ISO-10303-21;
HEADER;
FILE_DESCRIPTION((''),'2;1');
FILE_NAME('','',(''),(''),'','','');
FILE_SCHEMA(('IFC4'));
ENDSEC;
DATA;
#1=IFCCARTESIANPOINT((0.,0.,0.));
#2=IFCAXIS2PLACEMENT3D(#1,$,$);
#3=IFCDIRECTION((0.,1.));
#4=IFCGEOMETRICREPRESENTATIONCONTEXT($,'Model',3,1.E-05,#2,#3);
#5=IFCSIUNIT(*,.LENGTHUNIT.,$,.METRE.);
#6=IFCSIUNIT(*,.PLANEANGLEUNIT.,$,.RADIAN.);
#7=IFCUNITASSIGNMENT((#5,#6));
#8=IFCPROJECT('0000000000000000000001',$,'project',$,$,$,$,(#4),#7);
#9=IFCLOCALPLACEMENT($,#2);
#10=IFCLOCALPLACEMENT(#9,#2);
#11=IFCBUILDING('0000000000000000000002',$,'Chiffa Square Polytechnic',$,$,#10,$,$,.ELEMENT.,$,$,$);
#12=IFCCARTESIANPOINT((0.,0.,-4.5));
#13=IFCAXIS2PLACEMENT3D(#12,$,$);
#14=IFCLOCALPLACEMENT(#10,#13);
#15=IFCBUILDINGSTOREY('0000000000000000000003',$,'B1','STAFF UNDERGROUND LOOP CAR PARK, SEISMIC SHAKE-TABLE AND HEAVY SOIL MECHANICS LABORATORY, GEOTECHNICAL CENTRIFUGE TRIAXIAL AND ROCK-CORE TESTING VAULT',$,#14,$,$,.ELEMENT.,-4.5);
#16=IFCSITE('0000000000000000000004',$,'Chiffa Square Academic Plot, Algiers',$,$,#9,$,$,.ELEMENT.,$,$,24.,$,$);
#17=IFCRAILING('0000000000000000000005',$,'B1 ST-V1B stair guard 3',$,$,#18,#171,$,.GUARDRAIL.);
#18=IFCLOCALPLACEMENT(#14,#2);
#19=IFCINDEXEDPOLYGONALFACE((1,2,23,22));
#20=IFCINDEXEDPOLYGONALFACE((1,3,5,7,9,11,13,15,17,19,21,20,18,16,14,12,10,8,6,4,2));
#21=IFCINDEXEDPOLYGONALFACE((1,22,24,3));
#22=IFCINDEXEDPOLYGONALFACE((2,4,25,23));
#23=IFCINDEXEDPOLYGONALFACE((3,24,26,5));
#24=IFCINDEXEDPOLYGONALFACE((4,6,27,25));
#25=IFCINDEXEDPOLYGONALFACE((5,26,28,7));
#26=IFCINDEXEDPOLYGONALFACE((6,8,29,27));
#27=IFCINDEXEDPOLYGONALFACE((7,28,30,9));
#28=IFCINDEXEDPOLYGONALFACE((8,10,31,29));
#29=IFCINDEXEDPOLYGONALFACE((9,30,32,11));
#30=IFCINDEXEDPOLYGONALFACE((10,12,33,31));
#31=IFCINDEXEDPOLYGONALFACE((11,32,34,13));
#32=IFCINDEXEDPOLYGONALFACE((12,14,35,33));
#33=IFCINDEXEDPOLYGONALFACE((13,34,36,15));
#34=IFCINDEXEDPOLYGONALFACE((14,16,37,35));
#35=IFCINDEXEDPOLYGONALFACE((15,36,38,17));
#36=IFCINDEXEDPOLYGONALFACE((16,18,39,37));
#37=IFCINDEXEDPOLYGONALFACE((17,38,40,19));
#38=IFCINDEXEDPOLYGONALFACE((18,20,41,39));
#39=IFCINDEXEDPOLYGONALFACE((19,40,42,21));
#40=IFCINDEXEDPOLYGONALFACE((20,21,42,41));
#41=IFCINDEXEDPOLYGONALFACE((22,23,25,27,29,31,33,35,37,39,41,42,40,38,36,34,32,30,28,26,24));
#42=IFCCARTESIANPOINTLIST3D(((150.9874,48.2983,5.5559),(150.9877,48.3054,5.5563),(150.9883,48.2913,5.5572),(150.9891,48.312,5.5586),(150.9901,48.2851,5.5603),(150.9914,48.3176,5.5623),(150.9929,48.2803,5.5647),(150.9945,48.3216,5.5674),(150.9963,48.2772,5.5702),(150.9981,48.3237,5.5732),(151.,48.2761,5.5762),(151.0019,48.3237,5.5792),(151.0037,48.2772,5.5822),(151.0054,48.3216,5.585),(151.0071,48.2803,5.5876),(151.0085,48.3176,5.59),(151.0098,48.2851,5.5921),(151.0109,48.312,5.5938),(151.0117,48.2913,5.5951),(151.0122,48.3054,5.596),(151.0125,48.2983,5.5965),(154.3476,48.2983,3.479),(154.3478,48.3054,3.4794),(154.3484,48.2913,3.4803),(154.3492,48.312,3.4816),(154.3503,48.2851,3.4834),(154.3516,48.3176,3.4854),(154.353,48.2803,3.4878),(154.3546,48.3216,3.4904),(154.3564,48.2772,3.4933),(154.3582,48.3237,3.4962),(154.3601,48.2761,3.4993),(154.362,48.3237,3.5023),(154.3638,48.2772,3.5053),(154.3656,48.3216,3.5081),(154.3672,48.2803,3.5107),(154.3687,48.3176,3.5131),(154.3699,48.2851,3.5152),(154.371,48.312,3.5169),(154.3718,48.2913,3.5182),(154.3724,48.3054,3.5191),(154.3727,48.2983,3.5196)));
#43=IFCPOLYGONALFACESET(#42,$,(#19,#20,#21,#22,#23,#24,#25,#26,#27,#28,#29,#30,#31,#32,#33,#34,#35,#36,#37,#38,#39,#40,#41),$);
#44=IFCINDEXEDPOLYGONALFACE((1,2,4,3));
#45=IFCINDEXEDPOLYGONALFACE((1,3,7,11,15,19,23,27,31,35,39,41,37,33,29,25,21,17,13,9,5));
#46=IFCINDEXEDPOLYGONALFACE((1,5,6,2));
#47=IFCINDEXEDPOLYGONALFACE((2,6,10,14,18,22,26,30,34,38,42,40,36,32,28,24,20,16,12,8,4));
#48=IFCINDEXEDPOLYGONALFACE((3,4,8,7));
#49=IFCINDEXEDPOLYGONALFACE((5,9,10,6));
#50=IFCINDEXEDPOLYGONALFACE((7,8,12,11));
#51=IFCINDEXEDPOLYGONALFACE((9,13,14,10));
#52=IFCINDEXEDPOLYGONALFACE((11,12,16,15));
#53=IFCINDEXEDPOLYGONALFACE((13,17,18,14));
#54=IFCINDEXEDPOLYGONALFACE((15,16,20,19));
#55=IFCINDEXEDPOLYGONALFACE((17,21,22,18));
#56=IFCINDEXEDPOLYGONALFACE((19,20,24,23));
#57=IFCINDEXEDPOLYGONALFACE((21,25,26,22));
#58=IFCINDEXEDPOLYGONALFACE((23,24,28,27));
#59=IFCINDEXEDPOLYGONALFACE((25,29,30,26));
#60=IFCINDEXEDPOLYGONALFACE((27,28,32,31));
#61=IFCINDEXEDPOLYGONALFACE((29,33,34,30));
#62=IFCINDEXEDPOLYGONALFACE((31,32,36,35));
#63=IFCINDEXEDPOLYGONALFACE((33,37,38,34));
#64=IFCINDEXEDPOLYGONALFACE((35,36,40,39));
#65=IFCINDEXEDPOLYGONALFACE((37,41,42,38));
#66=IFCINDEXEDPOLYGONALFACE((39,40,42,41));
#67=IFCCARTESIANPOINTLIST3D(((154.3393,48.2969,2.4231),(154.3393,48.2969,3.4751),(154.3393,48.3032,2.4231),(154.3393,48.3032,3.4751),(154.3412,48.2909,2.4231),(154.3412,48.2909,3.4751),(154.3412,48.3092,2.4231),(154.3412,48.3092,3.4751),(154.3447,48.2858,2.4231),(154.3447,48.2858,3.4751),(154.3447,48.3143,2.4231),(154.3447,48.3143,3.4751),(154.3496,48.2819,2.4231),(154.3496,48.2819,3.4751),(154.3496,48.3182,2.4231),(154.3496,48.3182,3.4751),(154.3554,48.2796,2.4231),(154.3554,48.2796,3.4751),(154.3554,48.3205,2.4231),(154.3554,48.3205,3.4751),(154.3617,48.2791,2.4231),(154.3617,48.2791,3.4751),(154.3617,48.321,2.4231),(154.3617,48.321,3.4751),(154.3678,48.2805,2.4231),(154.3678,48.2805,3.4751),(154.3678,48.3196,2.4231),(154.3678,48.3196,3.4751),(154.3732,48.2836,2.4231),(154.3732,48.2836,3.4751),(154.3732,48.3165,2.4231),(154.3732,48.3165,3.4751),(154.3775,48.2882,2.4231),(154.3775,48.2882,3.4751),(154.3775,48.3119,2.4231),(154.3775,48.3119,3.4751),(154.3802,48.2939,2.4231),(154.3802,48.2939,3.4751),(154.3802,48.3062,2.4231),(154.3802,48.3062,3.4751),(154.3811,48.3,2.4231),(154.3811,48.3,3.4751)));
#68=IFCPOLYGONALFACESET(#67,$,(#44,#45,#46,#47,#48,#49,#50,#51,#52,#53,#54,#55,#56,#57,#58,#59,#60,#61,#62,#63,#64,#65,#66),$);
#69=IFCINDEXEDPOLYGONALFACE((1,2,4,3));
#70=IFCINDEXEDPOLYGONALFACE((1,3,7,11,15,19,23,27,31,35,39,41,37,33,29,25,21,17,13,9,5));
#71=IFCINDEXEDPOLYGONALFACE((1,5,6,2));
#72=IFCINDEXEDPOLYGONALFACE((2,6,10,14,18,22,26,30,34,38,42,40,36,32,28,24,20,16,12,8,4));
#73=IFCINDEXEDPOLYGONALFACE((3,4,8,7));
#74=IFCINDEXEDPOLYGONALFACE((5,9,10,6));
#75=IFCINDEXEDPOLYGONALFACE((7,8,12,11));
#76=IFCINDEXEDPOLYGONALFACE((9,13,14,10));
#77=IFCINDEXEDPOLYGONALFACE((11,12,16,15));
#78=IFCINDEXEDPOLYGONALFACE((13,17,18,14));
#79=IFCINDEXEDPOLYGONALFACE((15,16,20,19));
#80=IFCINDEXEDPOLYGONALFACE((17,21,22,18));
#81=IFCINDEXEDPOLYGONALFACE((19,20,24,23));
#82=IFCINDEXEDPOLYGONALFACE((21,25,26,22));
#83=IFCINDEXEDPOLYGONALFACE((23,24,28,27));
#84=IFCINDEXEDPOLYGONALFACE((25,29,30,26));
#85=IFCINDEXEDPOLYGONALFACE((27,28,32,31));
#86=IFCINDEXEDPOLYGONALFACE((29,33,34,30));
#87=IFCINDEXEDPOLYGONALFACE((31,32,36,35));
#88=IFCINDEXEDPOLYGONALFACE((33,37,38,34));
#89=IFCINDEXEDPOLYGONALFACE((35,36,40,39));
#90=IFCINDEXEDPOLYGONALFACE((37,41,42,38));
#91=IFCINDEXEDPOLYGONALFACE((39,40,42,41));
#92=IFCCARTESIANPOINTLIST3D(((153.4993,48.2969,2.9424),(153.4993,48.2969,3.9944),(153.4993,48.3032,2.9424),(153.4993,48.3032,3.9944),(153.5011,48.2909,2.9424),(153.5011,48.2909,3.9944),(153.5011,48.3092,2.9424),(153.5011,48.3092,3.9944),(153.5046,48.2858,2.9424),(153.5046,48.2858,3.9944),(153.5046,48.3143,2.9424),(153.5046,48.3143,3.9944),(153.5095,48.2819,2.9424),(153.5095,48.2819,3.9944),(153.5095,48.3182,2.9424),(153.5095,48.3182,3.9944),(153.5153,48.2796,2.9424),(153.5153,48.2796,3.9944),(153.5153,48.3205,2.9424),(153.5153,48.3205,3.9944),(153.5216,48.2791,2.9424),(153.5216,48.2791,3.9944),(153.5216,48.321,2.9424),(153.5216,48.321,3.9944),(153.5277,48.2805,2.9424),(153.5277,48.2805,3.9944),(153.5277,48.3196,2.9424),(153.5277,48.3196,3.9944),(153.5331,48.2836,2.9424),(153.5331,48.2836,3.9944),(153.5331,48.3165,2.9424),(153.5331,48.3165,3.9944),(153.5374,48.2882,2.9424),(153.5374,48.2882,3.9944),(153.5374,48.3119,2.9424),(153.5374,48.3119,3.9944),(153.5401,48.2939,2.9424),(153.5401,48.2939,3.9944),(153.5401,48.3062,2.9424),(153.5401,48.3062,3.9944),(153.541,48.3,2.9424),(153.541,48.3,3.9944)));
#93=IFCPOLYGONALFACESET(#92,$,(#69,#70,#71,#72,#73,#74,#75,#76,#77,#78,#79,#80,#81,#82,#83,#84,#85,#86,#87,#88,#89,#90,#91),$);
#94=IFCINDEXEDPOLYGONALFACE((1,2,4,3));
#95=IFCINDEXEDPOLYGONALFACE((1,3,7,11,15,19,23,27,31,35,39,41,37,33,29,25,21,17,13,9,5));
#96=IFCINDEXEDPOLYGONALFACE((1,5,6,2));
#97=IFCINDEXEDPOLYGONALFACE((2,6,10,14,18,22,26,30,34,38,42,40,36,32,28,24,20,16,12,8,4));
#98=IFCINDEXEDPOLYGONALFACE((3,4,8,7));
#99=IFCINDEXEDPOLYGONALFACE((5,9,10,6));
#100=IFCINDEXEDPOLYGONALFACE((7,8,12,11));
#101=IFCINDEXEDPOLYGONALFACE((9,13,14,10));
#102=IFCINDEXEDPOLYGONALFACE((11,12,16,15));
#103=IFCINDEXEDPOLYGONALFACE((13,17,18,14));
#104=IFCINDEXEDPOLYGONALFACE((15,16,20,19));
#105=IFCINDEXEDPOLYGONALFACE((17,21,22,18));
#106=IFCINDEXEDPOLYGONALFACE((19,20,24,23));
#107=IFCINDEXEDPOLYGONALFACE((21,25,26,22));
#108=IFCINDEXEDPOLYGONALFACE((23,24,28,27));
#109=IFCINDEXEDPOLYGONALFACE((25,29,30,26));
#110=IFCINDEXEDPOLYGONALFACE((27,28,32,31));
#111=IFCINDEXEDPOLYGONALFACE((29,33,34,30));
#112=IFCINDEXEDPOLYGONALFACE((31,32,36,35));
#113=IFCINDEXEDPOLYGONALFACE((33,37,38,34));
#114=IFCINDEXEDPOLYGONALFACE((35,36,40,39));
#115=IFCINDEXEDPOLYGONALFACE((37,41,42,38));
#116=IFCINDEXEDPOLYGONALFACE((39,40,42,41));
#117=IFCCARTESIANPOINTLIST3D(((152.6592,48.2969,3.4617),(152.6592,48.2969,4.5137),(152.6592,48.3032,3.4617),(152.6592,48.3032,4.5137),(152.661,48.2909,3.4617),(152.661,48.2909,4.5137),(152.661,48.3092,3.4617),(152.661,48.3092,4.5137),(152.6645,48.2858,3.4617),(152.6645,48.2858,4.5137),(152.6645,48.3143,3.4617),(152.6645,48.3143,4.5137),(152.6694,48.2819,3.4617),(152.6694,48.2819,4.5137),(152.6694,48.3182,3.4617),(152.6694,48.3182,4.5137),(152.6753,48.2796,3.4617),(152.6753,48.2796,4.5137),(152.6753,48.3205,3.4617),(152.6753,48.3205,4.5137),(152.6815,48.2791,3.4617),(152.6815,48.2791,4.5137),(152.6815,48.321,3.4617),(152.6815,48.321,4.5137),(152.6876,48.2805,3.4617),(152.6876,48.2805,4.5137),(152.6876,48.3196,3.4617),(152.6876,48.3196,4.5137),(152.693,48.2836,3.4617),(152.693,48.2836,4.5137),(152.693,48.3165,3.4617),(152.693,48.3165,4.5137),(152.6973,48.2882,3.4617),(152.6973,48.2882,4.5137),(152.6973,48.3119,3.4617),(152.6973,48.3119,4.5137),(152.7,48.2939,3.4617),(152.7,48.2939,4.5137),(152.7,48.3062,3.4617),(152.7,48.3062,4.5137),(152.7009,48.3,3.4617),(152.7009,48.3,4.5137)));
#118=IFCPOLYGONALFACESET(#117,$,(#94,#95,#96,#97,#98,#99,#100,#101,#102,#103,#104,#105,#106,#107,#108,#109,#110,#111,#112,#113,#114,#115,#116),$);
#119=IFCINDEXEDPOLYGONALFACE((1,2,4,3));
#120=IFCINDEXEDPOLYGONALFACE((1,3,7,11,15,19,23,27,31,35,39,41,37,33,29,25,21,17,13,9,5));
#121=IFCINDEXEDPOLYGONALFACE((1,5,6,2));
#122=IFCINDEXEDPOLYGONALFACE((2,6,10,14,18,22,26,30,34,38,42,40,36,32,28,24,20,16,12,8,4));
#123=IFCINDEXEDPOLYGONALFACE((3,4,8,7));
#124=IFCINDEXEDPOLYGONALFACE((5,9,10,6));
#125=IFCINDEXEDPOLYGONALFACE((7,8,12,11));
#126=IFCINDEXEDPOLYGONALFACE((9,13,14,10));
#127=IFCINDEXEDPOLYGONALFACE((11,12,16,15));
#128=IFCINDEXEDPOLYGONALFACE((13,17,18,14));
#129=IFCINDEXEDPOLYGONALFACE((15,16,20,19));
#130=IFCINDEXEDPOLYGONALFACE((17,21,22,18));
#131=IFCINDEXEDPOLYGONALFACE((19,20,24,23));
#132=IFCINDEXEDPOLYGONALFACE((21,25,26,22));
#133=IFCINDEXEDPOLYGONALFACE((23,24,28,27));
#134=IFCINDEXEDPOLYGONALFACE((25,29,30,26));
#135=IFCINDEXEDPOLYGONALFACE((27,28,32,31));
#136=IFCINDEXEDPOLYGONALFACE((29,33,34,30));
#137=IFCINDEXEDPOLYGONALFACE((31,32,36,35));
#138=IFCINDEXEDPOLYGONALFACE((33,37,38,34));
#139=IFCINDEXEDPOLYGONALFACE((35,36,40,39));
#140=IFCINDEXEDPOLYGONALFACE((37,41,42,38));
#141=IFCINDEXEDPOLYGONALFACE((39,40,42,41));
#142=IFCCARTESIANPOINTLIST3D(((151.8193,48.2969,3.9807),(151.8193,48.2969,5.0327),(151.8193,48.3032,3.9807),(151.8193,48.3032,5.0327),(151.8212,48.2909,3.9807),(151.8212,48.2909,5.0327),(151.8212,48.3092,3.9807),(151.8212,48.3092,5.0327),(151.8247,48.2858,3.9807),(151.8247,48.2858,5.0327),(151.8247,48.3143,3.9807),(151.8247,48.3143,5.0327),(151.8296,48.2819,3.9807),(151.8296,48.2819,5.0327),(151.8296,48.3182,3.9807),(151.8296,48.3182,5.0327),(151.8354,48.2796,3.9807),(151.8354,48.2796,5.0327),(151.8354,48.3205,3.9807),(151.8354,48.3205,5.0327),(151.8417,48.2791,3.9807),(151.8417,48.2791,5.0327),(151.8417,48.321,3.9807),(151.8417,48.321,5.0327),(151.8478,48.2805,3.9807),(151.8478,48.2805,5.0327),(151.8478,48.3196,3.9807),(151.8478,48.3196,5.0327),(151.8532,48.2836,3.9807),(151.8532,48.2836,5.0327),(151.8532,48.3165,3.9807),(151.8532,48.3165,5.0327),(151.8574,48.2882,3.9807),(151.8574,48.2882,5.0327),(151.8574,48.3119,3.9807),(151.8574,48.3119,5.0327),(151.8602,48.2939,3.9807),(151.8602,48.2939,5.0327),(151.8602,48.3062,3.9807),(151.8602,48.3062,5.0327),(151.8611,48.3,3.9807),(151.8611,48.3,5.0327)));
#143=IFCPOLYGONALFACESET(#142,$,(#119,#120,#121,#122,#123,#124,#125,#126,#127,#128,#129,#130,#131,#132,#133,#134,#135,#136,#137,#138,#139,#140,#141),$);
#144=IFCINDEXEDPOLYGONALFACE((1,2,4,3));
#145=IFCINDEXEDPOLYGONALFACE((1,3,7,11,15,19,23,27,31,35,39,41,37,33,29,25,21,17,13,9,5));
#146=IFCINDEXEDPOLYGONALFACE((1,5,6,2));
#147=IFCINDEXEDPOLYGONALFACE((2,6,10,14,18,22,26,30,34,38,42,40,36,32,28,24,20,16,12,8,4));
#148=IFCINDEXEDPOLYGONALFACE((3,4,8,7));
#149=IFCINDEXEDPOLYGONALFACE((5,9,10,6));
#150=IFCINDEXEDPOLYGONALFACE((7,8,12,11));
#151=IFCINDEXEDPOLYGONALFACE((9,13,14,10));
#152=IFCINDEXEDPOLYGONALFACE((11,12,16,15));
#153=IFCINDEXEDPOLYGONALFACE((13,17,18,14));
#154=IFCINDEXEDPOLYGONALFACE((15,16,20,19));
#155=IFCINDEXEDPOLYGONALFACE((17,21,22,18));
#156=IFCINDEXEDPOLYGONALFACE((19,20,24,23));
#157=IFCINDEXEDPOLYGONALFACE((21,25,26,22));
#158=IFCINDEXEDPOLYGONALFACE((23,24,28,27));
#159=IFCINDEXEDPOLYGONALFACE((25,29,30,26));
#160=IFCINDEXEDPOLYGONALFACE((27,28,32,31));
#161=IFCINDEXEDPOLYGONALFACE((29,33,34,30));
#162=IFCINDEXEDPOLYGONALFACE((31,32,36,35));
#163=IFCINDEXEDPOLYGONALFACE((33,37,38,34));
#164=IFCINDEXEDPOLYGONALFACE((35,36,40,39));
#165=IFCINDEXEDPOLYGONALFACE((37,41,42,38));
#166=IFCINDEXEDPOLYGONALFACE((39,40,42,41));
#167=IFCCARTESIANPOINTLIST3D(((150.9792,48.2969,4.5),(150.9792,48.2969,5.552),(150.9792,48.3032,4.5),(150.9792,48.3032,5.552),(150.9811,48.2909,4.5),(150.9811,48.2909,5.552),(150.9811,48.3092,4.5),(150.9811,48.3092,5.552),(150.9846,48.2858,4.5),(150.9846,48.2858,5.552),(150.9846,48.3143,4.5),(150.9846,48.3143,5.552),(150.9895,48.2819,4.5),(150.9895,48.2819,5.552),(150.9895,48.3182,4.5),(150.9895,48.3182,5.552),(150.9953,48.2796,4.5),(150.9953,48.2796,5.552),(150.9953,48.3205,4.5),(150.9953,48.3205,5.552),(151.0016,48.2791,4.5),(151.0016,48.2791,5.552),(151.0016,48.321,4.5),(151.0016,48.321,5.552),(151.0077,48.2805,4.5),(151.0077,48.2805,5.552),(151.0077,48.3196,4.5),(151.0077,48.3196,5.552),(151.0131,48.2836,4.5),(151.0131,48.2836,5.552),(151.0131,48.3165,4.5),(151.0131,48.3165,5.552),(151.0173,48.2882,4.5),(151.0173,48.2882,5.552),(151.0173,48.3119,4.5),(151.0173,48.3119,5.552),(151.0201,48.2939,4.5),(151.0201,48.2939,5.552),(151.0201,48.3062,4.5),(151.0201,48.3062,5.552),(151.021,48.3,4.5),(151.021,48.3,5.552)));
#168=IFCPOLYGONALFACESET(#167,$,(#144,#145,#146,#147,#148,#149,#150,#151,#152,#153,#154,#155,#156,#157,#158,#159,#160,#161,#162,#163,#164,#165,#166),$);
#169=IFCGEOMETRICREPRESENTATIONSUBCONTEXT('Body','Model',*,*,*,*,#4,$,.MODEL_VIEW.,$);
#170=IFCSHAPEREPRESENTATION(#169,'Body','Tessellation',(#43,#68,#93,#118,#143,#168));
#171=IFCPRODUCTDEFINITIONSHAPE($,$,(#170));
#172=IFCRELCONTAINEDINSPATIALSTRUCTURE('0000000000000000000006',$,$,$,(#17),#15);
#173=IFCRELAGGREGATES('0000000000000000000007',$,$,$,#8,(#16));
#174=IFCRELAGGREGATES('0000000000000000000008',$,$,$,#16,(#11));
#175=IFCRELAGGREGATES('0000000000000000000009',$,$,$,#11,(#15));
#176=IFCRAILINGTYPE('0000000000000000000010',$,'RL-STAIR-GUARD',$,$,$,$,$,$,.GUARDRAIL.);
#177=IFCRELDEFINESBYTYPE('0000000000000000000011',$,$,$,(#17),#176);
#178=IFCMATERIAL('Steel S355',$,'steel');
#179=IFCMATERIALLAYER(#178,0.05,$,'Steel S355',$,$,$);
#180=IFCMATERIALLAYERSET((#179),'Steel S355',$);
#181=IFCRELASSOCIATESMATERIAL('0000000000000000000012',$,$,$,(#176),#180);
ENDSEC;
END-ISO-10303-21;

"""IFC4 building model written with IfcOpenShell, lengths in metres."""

from ifc_helpers import new_model, si_unit, direction, frame, origin, origin_2d, place, context, subcontext, project, spatial, circle, extrude, material, layer, layer_set, type_object, element, save


model = new_model("IFC4")

# Units and contexts
model_context = context("Model", 3, precision=1e-05, world=origin(), true_north=direction((0.0, 1.0)))
body_context = subcontext(model_context, "Body", "Model", "MODEL_VIEW")
ifc_project = project(units=[si_unit("LENGTHUNIT", "METRE"), si_unit("PLANEANGLEUNIT", "RADIAN")], contexts=[model_context])

# Site, building, storey
site_placement = place(None, origin())
site = spatial("IfcSite", under=ifc_project, at=site_placement, Name="Chiffa Square Academic Plot, Algiers", CompositionType="ELEMENT", RefElevation=24.0)
building_placement = place(site_placement, origin())
building = spatial("IfcBuilding", under=site, at=building_placement, Name="Chiffa Square Polytechnic", CompositionType="ELEMENT")
storey_placement = place(building_placement, frame((0.0, 0.0, -4.5)))
storey = spatial("IfcBuildingStorey", under=building, at=storey_placement, Name="B1", Description="STAFF UNDERGROUND LOOP CAR PARK, SEISMIC SHAKE-TABLE AND HEAVY SOIL MECHANICS LABORATORY, GEOTECHNICAL CENTRIFUGE TRIAXIAL AND ROCK-CORE TESTING VAULT", CompositionType="ELEMENT", Elevation=-4.5)

# Railing
ifc_material_1 = material(Name="Steel S355", Category="steel")
ifc_layer_1 = layer(ifc_material_1, 0.05, Name="Steel S355")
ifc_layer_set_1 = layer_set([ifc_layer_1], Name="Steel S355")
railing_type_1 = type_object("IfcRailingType", Name="RL-STAIR-GUARD", PredefinedType="GUARDRAIL", material=ifc_layer_set_1)
railing_1_placement = place(storey_placement, frame((154.3601, 48.3, 2.4231)))
element("IfcRailing", 1, at=railing_1_placement, inside=storey, type_object=railing_type_1, Name="B1 ST-V1B stair guard 3", PredefinedType="GUARDRAIL", context=body_context, shape_type="SweptSolid", body=[
    extrude(circle(Radius=0.0239, at=origin_2d()), frame((0.0, 0.0, 1.0762), z_axis=(-0.850623, 0.0, 0.525776), x_axis=(0.0, -1.0, 0.0)), (0.0, 0.0, 1.0), 3.9502),
    extrude(circle(Radius=0.021, at=origin_2d()), origin(), (0.0, 0.0, 1.0), 1.052),
    extrude(circle(Radius=0.021, at=origin_2d()), frame((-0.8401, 0.0, 0.5193)), (0.0, 0.0, 1.0), 1.052),
    extrude(circle(Radius=0.021, at=origin_2d()), frame((-1.6802, 0.0, 1.0386)), (0.0, 0.0, 1.0), 1.052),
    extrude(circle(Radius=0.021, at=origin_2d()), frame((-2.52, 0.0, 1.5576)), (0.0, 0.0, 1.0), 1.052),
    extrude(circle(Radius=0.021, at=origin_2d()), frame((-3.3601, 0.0, 2.0769)), (0.0, 0.0, 1.0), 1.052),
])

save(model, "model.ifc")
